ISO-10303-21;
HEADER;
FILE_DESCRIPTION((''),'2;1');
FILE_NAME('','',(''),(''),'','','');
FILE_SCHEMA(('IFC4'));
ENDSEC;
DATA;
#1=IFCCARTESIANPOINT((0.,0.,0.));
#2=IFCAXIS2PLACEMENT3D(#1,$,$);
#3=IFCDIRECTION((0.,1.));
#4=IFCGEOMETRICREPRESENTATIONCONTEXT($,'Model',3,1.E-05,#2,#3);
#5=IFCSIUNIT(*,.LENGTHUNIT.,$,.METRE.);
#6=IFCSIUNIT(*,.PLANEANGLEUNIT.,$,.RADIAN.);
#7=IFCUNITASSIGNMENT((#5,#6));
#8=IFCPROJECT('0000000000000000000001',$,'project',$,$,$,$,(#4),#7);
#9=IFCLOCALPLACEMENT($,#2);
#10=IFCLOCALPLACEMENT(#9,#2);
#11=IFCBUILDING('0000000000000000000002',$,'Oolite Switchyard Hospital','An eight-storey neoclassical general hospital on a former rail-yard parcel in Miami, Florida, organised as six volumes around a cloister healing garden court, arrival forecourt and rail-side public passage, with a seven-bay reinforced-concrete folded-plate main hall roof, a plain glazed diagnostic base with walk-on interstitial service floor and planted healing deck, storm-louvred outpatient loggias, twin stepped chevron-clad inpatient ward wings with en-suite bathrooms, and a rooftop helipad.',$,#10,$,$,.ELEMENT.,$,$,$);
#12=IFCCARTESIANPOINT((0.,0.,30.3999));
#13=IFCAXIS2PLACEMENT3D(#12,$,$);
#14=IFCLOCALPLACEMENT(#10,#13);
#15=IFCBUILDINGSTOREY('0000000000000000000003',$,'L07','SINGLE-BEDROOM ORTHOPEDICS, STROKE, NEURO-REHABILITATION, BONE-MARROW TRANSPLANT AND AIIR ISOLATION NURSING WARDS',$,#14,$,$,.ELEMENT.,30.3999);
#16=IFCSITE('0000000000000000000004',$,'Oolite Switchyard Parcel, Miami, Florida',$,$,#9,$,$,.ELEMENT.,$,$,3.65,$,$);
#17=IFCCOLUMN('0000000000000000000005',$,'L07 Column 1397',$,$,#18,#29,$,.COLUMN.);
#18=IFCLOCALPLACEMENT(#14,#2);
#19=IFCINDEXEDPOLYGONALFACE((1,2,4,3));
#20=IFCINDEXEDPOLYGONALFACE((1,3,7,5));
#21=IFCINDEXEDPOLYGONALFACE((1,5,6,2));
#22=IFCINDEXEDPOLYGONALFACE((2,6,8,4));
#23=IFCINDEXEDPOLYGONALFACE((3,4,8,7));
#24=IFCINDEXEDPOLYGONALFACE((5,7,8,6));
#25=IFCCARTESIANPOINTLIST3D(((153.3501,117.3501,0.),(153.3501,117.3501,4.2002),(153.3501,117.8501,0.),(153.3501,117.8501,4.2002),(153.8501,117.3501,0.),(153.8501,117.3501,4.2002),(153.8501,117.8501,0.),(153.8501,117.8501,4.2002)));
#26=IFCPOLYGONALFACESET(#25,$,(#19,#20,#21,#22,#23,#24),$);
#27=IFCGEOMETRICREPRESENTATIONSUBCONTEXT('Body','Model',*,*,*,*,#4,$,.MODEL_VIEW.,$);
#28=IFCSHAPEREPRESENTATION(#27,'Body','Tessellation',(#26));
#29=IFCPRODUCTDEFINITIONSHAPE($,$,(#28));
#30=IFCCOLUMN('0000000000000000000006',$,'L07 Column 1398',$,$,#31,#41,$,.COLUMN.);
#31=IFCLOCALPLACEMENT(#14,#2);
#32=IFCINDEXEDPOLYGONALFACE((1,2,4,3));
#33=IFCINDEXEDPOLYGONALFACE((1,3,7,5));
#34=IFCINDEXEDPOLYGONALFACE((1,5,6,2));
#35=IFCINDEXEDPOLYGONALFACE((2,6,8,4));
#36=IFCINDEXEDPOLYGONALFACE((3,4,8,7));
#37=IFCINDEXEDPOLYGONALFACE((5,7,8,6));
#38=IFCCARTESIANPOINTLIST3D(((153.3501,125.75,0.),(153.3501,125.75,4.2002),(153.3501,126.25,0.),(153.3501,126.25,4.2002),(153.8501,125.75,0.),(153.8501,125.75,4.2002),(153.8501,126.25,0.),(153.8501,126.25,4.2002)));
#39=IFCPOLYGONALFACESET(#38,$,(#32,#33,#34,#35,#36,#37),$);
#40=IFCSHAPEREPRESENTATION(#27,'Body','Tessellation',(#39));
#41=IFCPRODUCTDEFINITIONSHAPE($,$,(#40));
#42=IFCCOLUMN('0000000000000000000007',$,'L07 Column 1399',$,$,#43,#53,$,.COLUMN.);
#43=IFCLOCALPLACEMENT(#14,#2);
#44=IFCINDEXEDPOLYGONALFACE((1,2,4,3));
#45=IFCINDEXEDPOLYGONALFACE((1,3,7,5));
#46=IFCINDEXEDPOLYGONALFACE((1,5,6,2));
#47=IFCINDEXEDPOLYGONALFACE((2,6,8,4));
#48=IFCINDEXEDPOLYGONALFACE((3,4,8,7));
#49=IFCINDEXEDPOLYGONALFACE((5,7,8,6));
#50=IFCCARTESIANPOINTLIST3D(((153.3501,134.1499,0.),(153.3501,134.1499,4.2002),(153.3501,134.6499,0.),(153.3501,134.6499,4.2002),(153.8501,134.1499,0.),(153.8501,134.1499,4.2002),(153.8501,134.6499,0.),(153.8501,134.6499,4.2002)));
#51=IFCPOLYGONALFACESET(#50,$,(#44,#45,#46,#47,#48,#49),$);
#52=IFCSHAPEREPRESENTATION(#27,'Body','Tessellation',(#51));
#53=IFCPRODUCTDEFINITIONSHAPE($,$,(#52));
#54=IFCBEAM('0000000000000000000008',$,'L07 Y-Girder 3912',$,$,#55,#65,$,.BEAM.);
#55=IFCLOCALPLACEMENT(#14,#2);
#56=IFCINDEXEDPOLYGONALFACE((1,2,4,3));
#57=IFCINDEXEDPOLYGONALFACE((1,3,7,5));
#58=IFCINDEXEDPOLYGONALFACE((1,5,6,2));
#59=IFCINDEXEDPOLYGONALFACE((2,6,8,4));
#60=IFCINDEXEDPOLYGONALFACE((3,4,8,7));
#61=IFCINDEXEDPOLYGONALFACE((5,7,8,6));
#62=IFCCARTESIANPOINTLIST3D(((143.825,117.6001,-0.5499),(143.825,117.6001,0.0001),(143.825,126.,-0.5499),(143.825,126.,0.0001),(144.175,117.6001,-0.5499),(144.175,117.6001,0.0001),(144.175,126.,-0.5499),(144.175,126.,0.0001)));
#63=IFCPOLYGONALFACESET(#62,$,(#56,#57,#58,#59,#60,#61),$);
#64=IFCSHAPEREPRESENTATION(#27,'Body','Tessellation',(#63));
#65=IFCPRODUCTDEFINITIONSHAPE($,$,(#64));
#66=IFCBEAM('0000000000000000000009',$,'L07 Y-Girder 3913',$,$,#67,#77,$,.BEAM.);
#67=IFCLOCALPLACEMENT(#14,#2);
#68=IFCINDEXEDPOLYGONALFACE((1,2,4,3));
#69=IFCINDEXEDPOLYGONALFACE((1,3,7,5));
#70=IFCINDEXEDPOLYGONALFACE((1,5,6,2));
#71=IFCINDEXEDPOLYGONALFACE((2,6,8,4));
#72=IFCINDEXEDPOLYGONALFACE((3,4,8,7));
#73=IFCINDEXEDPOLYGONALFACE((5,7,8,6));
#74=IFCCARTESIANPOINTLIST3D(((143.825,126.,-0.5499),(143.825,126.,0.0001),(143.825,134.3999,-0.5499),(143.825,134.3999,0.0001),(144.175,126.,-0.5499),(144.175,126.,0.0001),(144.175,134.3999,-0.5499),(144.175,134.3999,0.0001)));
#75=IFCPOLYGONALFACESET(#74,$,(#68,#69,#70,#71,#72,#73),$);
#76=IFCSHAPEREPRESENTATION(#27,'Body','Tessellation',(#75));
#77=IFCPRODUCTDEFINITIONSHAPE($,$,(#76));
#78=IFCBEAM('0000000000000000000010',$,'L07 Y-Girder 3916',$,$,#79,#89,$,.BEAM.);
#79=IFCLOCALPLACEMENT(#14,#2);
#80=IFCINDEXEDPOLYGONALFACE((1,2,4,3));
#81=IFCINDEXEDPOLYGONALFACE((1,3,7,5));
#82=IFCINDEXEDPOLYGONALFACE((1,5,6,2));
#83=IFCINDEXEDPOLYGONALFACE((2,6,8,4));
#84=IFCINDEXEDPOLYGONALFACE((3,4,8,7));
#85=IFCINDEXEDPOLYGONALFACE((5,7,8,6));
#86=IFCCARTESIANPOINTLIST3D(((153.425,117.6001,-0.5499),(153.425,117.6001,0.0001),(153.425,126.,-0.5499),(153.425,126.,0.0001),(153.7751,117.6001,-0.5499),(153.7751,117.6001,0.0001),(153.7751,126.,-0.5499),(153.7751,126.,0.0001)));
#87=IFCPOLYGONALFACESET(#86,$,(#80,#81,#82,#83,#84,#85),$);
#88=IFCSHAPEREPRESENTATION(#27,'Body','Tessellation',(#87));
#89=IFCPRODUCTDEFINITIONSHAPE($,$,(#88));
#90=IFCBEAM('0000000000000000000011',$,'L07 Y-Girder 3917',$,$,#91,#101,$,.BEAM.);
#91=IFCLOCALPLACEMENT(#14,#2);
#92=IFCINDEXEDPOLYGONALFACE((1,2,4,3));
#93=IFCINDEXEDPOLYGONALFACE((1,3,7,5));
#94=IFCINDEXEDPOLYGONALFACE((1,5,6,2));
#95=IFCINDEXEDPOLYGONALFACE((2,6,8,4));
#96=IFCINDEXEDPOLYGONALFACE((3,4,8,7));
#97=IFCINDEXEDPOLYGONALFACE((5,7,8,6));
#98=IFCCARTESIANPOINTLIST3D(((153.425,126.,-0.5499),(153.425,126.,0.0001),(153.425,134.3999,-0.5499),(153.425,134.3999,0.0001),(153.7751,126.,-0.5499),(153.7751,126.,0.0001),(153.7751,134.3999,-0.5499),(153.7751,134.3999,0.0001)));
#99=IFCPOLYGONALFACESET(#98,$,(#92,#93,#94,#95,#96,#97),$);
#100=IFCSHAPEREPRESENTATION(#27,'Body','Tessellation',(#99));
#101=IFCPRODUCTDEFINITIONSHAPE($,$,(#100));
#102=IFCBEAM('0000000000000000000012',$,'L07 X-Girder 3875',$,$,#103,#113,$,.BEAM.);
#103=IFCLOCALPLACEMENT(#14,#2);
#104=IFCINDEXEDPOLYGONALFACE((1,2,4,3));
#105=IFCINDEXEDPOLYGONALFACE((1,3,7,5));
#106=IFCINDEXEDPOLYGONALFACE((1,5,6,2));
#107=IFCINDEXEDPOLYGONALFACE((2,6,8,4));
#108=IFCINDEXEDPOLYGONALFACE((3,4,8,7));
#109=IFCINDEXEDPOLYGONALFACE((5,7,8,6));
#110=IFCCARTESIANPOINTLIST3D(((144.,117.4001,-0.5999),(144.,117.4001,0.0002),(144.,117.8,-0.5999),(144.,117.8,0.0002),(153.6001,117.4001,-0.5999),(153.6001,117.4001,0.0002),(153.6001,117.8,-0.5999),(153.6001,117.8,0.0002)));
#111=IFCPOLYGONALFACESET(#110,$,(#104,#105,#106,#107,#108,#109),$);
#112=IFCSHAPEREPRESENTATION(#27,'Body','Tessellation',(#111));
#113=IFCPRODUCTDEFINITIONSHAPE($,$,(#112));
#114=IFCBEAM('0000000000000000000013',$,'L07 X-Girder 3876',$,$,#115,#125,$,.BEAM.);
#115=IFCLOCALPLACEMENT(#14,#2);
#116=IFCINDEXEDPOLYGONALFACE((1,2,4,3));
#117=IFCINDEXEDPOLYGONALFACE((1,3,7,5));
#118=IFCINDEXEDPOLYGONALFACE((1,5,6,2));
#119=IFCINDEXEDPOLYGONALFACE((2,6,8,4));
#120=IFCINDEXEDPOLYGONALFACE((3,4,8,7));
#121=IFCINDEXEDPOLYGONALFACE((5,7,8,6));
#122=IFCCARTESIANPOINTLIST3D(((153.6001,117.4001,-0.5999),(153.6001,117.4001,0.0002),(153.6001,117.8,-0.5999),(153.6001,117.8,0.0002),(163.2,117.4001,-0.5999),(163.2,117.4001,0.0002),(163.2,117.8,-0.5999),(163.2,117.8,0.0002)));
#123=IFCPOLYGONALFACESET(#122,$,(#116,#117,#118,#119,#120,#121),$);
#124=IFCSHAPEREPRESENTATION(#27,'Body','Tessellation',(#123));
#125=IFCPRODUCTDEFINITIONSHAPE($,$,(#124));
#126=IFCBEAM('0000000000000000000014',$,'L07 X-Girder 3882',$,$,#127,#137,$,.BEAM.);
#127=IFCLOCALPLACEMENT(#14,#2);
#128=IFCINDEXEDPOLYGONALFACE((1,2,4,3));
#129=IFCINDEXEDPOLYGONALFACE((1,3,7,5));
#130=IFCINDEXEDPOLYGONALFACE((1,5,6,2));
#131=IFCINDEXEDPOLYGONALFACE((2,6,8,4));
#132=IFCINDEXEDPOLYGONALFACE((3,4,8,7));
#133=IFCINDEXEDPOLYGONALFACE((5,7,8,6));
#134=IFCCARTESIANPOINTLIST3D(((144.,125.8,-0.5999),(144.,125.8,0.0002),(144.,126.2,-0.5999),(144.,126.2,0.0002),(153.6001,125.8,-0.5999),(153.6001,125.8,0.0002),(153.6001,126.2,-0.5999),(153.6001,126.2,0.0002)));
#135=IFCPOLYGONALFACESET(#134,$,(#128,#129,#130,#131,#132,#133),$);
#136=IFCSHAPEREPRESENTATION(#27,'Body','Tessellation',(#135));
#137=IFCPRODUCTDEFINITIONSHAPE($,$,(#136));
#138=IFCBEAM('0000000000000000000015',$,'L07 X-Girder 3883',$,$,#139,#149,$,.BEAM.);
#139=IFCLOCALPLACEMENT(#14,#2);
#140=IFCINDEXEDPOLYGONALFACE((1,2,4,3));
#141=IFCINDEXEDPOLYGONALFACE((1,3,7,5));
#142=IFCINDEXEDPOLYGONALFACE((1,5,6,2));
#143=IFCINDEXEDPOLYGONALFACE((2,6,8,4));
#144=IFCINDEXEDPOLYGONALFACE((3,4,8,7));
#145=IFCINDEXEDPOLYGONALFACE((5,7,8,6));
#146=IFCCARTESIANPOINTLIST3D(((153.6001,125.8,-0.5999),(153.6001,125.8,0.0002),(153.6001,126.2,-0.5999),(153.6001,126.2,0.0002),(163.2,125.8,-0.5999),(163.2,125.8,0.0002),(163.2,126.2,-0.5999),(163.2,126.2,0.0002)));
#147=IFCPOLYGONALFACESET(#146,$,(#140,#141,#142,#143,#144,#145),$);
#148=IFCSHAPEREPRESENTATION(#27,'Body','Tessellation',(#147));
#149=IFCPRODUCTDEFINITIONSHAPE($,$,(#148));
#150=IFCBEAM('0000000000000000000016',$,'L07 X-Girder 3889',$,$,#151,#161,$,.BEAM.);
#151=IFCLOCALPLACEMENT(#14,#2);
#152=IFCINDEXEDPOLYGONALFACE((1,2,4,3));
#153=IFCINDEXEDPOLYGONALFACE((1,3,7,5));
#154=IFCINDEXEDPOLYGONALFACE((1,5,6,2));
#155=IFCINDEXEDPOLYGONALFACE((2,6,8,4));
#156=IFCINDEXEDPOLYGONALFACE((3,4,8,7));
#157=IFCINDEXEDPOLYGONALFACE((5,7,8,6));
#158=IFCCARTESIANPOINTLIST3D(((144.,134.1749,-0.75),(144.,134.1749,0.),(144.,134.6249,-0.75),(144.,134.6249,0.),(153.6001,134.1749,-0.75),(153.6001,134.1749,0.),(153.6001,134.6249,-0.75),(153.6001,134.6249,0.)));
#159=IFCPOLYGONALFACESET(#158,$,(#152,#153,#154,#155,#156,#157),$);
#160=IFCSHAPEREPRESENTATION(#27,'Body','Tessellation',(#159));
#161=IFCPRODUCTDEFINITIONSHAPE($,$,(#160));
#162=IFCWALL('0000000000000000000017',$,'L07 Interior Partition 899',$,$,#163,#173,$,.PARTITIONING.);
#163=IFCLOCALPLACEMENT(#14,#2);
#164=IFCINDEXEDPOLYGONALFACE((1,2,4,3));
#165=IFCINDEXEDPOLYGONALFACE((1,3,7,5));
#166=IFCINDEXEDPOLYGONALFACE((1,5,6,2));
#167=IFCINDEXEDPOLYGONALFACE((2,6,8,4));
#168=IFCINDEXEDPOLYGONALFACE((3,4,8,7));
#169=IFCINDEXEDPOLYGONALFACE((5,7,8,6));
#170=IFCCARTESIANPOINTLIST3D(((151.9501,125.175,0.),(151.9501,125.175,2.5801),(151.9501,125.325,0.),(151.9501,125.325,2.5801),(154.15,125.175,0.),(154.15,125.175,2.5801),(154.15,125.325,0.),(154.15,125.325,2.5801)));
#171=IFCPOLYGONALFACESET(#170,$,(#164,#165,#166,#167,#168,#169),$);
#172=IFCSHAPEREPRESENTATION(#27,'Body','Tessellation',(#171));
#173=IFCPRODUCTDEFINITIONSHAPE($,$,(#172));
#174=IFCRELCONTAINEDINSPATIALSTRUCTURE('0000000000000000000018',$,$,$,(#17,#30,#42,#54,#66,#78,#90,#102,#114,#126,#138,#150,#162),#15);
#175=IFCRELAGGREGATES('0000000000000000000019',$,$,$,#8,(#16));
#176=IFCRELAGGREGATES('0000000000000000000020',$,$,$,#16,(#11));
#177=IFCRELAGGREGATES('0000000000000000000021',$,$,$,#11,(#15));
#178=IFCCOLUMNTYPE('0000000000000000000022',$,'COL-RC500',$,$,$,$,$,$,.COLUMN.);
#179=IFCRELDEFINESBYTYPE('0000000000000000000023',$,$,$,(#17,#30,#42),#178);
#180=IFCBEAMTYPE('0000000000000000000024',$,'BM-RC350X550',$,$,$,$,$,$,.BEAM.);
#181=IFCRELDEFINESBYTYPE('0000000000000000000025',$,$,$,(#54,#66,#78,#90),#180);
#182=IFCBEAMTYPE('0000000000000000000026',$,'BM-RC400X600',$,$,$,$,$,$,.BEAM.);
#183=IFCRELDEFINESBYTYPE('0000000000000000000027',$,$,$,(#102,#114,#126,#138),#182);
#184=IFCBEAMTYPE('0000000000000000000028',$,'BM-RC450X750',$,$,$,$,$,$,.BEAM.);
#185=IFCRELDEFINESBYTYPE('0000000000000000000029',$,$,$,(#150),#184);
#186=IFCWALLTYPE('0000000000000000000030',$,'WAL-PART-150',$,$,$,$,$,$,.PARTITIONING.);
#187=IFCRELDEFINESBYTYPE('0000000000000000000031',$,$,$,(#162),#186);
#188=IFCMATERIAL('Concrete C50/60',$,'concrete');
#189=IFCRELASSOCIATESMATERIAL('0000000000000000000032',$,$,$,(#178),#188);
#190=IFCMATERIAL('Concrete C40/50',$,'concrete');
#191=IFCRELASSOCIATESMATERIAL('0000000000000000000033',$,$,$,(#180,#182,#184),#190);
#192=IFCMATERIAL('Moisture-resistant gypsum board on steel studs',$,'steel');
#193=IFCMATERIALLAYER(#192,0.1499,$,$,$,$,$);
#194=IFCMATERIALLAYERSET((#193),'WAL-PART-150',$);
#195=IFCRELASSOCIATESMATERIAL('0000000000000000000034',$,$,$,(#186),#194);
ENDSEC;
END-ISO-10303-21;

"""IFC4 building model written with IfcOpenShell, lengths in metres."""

from ifc_helpers import new_model, si_unit, direction, frame, frame_2d, origin, origin_2d, place, context, subcontext, project, spatial, rectangle, extrude, material, layer, layer_set, material_profile, profile_set, type_object, element, save


model = new_model("IFC4")

# Units and contexts
model_context = context("Model", 3, precision=1e-05, world=origin(), true_north=direction((0.0, 1.0)))
body_context = subcontext(model_context, "Body", "Model", "MODEL_VIEW")
ifc_project = project(units=[si_unit("LENGTHUNIT", "METRE"), si_unit("PLANEANGLEUNIT", "RADIAN")], contexts=[model_context])

# Site, building, storey
site_placement = place(None, origin())
site = spatial("IfcSite", under=ifc_project, at=site_placement, Name="Oolite Switchyard Parcel, Miami, Florida", CompositionType="ELEMENT", RefElevation=3.65)
building_placement = place(site_placement, origin())
building = spatial("IfcBuilding", under=site, at=building_placement, Name="Oolite Switchyard Hospital", Description="An eight-storey neoclassical general hospital on a former rail-yard parcel in Miami, Florida, organised as six volumes around a cloister healing garden court, arrival forecourt and rail-side public passage, with a seven-bay reinforced-concrete folded-plate main hall roof, a plain glazed diagnostic base with walk-on interstitial service floor and planted healing deck, storm-louvred outpatient loggias, twin stepped chevron-clad inpatient ward wings with en-suite bathrooms, and a rooftop helipad.", CompositionType="ELEMENT")
storey_placement = place(building_placement, frame((0.0, 0.0, 30.3999)))
storey = spatial("IfcBuildingStorey", under=building, at=storey_placement, Name="L07", Description="SINGLE-BEDROOM ORTHOPEDICS, STROKE, NEURO-REHABILITATION, BONE-MARROW TRANSPLANT AND AIIR ISOLATION NURSING WARDS", CompositionType="ELEMENT", Elevation=30.3999)

# Columns
ifc_material_1 = material(Name="Concrete C50/60", Category="concrete")
ifc_material_profile_1 = material_profile(ifc_material_1, rectangle(XDim=0.5, YDim=0.5, at=origin_2d()), Name="RC500X500")
ifc_profile_set_1 = profile_set([ifc_material_profile_1], Name="Concrete C50/60")
column_type = type_object("IfcColumnType", Name="COL-RC500", PredefinedType="COLUMN", material=ifc_profile_set_1)
for number, where, z_axis, x_axis, name in (
    (1, (153.6001, 117.6001, 0.0), (0.0, 0.0, 1.0), (1.0, 0.0, 0.0), "L07 Column 1397"),
    (2, (153.6001, 126.0, 0.0), (0.0, 0.0, 1.0), (1.0, 0.0, 0.0), "L07 Column 1398"),
    (3, (153.6001, 134.3999, 0.0), (0.0, 0.0, 1.0), (1.0, 0.0, 0.0), "L07 Column 1399"),
):
    element("IfcColumn", number, at=place(storey_placement, frame(where, z_axis=z_axis, x_axis=x_axis)), inside=storey, type_object=column_type, Name=name, PredefinedType="COLUMN", context=body_context, shape_type="SweptSolid", body=[
        extrude(rectangle(XDim=0.5, YDim=0.5, at=origin_2d()), origin(), (0.0, 0.0, 1.0), 4.2002),
    ])

# Beams
ifc_material_2 = material(Name="Concrete C40/50", Category="concrete")
ifc_material_profile_2 = material_profile(ifc_material_2, rectangle(XDim=0.3501, YDim=0.55, at=origin_2d()), Name="RCB350X550")
ifc_profile_set_2 = profile_set([ifc_material_profile_2], Name="Concrete C40/50")
beam_type_1 = type_object("IfcBeamType", Name="BM-RC350X550", PredefinedType="BEAM", material=ifc_profile_set_2)
for number, where, z_axis, x_axis, name in (
    (4, (144.0, 117.6001, -0.2749), (0.0, 1.0, 0.0), (-1.0, 0.0, 0.0), "L07 Y-Girder 3912"),
    (5, (144.0, 126.0, -0.2749), (0.0, 1.0, 0.0), (-1.0, 0.0, 0.0), "L07 Y-Girder 3913"),
    (6, (153.6001, 117.6001, -0.2749), (0.0, 1.0, 0.0), (-1.0, 0.0, 0.0), "L07 Y-Girder 3916"),
    (7, (153.6001, 126.0, -0.2749), (0.0, 1.0, 0.0), (-1.0, 0.0, 0.0), "L07 Y-Girder 3917"),
):
    element("IfcBeam", number, at=place(storey_placement, frame(where, z_axis=z_axis, x_axis=x_axis)), inside=storey, type_object=beam_type_1, Name=name, PredefinedType="BEAM", context=body_context, shape_type="SweptSolid", body=[
        extrude(rectangle(XDim=0.3501, YDim=0.55, at=origin_2d()), origin(), (0.0, 0.0, 1.0), 8.3999),
    ])
ifc_material_profile_3 = material_profile(ifc_material_2, rectangle(XDim=0.3999, YDim=0.6001, at=origin_2d()), Name="RCB400X600")
ifc_profile_set_3 = profile_set([ifc_material_profile_3], Name="Concrete C40/50")
beam_type_2 = type_object("IfcBeamType", Name="BM-RC400X600", PredefinedType="BEAM", material=ifc_profile_set_3)
beam_1_placement = place(storey_placement, frame((144.0, 117.6001, -0.2998), z_axis=(1.0, 0.0, 0.0), x_axis=(0.0, 1.0, 0.0)))
element("IfcBeam", 8, at=beam_1_placement, inside=storey, type_object=beam_type_2, Name="L07 X-Girder 3875", PredefinedType="BEAM", context=body_context, shape_type="SweptSolid", body=[
    extrude(rectangle(XDim=0.3999, YDim=0.6001, at=origin_2d()), origin(), (0.0, 0.0, 1.0), 9.6001),
])
beam_2_placement = place(storey_placement, frame((153.6001, 117.6001, -0.2998), z_axis=(1.0, 0.0, 0.0), x_axis=(0.0, 1.0, 0.0)))
element("IfcBeam", 9, at=beam_2_placement, inside=storey, type_object=beam_type_2, Name="L07 X-Girder 3876", PredefinedType="BEAM", context=body_context, shape_type="SweptSolid", body=[
    extrude(rectangle(XDim=0.3999, YDim=0.6001, at=origin_2d()), origin(), (0.0, 0.0, 1.0), 9.5999),
])
beam_3_placement = place(storey_placement, frame((144.0, 126.0, -0.2998), z_axis=(1.0, 0.0, 0.0), x_axis=(0.0, 1.0, 0.0)))
element("IfcBeam", 10, at=beam_3_placement, inside=storey, type_object=beam_type_2, Name="L07 X-Girder 3882", PredefinedType="BEAM", context=body_context, shape_type="SweptSolid", body=[
    extrude(rectangle(XDim=0.3999, YDim=0.6001, at=origin_2d()), origin(), (0.0, 0.0, 1.0), 9.6001),
])
beam_4_placement = place(storey_placement, frame((153.6001, 126.0, -0.2998), z_axis=(1.0, 0.0, 0.0), x_axis=(0.0, 1.0, 0.0)))
element("IfcBeam", 11, at=beam_4_placement, inside=storey, type_object=beam_type_2, Name="L07 X-Girder 3883", PredefinedType="BEAM", context=body_context, shape_type="SweptSolid", body=[
    extrude(rectangle(XDim=0.3999, YDim=0.6001, at=origin_2d()), origin(), (0.0, 0.0, 1.0), 9.5999),
])
ifc_material_profile_4 = material_profile(ifc_material_2, rectangle(XDim=0.45, YDim=0.75, at=origin_2d()), Name="RCB450X750")
ifc_profile_set_4 = profile_set([ifc_material_profile_4], Name="Concrete C40/50")
beam_type_3 = type_object("IfcBeamType", Name="BM-RC450X750", PredefinedType="BEAM", material=ifc_profile_set_4)
beam_5_placement = place(storey_placement, frame((144.0, 134.3999, -0.375), z_axis=(1.0, 0.0, 0.0), x_axis=(0.0, 1.0, 0.0)))
element("IfcBeam", 12, at=beam_5_placement, inside=storey, type_object=beam_type_3, Name="L07 X-Girder 3889", PredefinedType="BEAM", context=body_context, shape_type="SweptSolid", body=[
    extrude(rectangle(XDim=0.45, YDim=0.75, at=origin_2d()), origin(), (0.0, 0.0, 1.0), 9.6001),
])

# Wall
ifc_material_3 = material(Name="Moisture-resistant gypsum board on steel studs", Category="steel")
ifc_layer_1 = layer(ifc_material_3, 0.1499)
ifc_layer_set_1 = layer_set([ifc_layer_1], Name="WAL-PART-150")
wall_type_1 = type_object("IfcWallType", Name="WAL-PART-150", PredefinedType="PARTITIONING", material=ifc_layer_set_1)
wall_1_placement = place(storey_placement, frame((151.95, 125.25, 0.0), z_axis=(0.0, 0.0, 1.0), x_axis=(1.0, 0.0, 0.0)))
element("IfcWall", 13, at=wall_1_placement, inside=storey, type_object=wall_type_1, Name="L07 Interior Partition 899", PredefinedType="PARTITIONING", context=body_context, shape_type="SweptSolid", body=[
    extrude(rectangle(XDim=2.2, YDim=0.1499, at=frame_2d((1.1001, 0.0))), origin(), (0.0, 0.0, 1.0), 2.5801),
])

save(model, "model.ifc")
